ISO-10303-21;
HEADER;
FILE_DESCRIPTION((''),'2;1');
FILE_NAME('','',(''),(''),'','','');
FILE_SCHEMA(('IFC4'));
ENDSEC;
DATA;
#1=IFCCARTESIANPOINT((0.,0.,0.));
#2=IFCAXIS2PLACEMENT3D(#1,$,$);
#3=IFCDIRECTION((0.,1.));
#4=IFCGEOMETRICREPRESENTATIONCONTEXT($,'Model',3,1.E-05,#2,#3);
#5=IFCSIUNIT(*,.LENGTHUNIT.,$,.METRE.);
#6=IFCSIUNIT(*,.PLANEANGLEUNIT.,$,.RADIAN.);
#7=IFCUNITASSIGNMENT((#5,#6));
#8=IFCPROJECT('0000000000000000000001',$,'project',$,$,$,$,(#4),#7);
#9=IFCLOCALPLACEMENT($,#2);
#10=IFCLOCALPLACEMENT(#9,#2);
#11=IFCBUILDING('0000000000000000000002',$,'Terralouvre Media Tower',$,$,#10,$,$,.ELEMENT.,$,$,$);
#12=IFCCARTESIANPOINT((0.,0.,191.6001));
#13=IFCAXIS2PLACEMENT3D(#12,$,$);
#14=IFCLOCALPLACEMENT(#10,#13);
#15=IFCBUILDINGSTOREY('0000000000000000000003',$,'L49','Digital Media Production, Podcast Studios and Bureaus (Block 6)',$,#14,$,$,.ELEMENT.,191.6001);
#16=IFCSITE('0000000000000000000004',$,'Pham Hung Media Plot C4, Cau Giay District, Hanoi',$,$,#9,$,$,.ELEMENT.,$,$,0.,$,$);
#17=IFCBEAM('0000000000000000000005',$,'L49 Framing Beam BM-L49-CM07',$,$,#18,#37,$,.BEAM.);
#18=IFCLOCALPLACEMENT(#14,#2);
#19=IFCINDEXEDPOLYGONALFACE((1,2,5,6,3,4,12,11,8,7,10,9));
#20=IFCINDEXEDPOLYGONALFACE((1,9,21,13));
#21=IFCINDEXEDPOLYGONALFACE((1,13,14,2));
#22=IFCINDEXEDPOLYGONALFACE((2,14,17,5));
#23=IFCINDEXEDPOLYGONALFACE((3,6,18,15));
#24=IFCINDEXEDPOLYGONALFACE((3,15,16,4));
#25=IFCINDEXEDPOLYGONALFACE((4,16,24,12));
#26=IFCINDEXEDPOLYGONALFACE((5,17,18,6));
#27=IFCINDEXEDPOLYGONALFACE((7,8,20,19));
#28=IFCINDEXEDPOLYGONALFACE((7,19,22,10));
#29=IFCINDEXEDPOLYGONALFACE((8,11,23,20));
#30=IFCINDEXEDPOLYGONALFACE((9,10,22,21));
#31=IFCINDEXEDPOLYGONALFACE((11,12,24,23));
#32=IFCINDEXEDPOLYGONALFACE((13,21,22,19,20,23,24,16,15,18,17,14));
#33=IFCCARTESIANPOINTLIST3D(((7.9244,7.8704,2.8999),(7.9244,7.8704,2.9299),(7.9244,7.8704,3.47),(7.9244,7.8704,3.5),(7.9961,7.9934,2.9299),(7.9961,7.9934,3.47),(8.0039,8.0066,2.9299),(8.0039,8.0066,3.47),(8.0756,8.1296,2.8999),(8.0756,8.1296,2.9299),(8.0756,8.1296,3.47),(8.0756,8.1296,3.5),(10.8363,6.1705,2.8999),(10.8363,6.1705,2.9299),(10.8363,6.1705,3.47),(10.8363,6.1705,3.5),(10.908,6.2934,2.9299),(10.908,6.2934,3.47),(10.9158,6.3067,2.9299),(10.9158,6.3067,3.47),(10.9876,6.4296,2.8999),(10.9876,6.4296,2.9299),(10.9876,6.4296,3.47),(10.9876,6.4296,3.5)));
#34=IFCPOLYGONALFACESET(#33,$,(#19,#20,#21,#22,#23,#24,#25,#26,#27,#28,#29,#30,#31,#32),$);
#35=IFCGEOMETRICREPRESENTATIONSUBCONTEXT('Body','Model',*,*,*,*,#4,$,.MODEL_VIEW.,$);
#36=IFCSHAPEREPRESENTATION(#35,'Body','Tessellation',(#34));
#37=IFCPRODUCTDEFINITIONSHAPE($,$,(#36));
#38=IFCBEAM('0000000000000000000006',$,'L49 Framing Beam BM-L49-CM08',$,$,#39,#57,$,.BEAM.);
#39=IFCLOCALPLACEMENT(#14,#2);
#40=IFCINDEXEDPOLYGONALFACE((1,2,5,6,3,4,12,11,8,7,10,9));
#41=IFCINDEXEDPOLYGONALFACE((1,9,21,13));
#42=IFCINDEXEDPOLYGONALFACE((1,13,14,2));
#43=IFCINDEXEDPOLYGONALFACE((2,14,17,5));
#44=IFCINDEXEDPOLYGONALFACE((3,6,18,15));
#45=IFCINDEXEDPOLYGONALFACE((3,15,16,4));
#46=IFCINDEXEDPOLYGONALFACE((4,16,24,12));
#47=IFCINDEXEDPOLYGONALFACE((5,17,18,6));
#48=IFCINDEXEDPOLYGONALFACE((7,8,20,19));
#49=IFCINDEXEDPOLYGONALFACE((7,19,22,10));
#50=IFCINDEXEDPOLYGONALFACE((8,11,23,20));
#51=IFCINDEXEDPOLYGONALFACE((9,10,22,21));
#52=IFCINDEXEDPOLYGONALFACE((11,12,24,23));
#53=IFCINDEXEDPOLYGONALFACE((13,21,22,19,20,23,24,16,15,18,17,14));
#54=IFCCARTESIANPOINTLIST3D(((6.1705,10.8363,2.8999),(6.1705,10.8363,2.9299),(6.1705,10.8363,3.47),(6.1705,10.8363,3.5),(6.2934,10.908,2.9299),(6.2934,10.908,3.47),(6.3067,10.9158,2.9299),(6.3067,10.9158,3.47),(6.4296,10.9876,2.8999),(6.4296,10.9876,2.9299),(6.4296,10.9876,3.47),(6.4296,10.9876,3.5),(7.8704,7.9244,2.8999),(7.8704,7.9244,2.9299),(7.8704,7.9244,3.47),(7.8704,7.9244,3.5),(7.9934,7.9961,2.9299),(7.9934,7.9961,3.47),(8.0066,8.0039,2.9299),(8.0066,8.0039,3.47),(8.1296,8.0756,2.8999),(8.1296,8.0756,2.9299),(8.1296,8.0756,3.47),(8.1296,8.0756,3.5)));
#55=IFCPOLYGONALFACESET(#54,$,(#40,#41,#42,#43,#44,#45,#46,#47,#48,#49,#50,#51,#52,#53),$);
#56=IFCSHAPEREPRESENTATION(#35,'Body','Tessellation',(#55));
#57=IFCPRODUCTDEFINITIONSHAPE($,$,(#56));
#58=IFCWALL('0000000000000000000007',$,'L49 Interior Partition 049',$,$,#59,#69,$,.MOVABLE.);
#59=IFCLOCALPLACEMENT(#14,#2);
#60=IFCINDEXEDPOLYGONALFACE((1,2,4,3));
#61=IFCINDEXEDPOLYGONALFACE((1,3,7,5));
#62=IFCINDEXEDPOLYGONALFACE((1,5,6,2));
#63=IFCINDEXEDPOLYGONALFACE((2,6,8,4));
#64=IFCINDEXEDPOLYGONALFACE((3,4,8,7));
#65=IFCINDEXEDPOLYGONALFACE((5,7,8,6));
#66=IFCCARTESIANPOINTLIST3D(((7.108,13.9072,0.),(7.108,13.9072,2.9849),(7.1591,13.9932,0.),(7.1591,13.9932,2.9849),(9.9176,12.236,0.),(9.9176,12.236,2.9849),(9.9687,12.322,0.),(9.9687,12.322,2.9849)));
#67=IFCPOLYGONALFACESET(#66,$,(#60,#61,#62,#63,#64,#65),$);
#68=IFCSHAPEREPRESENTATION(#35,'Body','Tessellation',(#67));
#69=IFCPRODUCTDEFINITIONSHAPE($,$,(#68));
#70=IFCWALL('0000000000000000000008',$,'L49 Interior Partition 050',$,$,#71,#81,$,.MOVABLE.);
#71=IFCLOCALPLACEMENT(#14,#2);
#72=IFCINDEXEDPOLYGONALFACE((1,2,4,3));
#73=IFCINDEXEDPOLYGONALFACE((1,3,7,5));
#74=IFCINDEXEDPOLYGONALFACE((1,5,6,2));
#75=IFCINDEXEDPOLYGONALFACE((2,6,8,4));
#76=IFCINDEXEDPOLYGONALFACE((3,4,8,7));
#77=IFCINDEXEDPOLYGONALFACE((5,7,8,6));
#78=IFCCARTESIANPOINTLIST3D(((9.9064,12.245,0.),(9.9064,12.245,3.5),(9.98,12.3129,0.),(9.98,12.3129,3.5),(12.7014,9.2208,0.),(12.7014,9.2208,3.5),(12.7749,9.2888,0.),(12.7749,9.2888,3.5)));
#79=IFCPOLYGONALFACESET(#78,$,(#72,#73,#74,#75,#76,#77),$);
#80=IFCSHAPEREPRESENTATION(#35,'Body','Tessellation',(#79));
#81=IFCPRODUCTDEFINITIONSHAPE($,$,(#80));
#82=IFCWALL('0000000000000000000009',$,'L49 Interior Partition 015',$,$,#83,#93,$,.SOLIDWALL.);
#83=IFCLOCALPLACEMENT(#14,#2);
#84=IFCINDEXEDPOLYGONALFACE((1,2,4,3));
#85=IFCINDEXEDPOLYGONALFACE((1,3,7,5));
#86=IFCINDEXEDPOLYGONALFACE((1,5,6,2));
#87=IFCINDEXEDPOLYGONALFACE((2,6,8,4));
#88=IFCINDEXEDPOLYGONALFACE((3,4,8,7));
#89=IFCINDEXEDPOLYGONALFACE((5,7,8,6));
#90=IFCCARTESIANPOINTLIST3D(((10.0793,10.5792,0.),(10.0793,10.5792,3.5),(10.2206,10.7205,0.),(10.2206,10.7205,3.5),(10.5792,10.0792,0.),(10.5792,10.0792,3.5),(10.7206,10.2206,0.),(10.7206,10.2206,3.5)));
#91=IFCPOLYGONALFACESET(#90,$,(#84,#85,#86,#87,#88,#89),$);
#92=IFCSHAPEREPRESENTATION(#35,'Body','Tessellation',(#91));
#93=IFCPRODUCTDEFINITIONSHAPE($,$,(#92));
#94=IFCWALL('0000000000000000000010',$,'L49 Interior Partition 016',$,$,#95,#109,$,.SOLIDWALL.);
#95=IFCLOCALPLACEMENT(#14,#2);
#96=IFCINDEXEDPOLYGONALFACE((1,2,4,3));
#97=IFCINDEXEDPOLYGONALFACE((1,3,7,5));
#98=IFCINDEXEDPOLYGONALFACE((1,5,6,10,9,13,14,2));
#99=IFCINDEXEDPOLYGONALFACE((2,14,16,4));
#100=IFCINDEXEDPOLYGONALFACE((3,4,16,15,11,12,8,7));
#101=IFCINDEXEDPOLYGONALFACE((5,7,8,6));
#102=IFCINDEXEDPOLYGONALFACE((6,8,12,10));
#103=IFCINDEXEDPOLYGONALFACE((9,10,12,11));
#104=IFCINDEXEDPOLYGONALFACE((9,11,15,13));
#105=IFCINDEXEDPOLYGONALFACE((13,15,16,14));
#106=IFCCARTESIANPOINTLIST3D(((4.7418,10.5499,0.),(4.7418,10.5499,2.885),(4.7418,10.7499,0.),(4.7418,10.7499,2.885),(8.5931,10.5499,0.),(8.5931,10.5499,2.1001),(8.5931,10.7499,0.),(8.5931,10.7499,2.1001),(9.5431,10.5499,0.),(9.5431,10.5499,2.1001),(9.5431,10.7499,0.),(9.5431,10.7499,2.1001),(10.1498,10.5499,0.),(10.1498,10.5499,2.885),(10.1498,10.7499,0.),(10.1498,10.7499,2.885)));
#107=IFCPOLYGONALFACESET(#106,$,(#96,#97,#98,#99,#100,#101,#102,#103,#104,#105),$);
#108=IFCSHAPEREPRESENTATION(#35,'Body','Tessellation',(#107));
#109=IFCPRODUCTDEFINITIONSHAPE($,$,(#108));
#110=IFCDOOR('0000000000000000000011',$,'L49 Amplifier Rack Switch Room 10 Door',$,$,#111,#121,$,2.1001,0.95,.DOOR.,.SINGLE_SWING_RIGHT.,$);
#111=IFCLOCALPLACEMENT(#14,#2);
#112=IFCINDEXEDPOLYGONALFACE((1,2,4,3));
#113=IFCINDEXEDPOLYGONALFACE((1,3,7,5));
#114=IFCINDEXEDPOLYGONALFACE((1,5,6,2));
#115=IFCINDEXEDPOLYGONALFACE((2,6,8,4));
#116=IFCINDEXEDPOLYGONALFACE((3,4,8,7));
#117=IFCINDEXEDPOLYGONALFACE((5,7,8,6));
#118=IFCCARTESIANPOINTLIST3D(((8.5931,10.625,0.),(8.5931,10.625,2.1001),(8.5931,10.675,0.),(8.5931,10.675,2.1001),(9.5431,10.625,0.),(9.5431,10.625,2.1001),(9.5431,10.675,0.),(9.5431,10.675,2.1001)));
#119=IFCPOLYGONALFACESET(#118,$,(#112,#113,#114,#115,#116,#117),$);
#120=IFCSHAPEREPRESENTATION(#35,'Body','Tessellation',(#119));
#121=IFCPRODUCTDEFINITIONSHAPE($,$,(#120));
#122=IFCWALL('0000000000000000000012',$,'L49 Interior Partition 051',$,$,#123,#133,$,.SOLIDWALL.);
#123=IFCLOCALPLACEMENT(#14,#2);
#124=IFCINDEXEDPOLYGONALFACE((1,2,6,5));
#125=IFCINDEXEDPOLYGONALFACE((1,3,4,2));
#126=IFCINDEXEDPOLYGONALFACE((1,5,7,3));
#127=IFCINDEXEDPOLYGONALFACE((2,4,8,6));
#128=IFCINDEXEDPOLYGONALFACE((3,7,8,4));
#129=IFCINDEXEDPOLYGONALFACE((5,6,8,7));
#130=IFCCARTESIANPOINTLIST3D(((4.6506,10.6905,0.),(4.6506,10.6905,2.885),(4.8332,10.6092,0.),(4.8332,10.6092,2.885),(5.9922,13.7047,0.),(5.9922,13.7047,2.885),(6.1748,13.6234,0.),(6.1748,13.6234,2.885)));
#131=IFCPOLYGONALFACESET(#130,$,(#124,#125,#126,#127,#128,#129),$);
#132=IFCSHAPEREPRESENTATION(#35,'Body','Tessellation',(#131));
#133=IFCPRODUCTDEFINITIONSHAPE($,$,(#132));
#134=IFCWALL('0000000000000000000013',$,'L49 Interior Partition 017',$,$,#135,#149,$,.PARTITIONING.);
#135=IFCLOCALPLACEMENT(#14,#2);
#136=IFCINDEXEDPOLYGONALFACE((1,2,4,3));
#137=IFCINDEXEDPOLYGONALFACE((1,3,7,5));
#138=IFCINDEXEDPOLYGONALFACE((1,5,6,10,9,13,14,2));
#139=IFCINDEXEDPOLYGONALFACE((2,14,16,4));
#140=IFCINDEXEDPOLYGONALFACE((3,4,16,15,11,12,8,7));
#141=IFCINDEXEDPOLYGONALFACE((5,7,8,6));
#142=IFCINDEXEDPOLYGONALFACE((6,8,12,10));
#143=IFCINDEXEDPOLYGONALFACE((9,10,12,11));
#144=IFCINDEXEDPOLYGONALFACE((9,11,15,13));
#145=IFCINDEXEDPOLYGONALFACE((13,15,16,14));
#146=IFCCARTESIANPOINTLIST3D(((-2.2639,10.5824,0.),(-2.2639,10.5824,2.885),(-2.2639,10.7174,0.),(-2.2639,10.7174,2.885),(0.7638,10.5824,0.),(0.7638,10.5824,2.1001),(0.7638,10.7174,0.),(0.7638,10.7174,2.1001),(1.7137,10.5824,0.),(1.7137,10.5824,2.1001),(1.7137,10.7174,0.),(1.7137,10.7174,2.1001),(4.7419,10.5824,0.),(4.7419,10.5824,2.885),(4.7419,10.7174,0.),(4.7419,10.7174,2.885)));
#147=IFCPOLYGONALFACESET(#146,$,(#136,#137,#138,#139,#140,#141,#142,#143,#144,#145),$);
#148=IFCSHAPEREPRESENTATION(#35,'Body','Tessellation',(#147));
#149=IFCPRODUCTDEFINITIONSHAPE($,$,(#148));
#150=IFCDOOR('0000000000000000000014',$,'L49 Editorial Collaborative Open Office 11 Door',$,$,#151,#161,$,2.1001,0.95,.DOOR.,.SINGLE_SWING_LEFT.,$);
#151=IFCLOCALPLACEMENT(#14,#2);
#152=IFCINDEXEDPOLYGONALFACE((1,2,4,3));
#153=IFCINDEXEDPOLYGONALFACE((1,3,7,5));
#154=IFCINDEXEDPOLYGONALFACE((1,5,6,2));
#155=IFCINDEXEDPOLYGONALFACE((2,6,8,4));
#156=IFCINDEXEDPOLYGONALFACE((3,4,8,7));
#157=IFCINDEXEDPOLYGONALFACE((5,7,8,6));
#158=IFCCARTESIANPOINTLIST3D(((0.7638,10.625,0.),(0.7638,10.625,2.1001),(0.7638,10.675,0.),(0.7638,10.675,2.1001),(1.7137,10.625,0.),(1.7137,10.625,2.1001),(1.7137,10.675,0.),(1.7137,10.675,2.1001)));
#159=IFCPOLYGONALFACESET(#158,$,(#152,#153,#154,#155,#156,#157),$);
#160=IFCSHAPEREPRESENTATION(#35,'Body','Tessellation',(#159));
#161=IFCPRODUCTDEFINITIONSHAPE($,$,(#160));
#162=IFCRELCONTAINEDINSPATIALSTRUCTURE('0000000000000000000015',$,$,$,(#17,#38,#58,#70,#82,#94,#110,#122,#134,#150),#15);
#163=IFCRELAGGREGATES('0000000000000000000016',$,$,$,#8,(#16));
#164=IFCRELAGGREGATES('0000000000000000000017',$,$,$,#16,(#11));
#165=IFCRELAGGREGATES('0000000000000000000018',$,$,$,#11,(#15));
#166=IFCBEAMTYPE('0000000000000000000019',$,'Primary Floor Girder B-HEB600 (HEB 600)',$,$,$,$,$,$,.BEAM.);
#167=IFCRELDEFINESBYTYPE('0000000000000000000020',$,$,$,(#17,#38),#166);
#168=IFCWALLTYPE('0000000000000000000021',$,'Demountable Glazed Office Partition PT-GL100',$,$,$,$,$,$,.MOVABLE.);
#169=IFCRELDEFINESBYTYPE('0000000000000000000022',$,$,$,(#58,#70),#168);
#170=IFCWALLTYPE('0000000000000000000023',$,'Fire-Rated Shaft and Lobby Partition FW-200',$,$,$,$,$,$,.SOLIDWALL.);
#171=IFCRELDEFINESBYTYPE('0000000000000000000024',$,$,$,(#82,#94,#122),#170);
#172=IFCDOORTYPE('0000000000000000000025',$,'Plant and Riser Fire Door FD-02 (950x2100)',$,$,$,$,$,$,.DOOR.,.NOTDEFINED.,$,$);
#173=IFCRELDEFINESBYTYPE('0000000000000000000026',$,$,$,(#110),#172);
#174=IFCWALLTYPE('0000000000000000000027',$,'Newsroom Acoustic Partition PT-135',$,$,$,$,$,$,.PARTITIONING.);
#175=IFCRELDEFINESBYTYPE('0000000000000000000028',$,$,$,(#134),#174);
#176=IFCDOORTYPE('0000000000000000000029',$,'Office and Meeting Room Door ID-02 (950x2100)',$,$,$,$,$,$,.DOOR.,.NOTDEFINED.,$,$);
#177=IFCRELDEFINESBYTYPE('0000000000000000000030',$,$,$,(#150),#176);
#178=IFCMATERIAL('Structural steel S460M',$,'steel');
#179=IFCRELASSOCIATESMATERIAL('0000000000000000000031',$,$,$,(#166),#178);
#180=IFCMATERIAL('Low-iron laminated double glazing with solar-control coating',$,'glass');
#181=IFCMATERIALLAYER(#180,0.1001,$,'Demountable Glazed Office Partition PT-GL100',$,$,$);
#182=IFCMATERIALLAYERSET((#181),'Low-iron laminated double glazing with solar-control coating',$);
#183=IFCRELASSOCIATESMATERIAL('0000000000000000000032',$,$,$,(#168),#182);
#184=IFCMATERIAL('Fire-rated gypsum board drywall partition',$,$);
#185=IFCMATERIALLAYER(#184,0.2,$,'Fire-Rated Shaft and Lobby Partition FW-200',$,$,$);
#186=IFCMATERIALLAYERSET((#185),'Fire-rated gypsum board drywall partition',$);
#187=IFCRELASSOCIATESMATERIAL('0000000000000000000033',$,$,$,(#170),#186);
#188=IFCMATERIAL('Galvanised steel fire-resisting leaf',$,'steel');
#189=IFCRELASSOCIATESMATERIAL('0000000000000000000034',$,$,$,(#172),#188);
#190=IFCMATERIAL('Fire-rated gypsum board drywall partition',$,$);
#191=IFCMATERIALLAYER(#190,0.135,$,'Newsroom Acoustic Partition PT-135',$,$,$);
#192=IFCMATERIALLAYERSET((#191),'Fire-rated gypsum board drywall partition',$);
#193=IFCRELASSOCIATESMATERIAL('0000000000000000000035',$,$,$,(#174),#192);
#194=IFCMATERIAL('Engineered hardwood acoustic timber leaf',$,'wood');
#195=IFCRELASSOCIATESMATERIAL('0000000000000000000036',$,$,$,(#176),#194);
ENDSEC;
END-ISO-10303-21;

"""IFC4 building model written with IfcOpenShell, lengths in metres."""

from ifc_helpers import new_model, si_unit, direction, frame, frame_2d, origin, origin_2d, place, context, subcontext, project, spatial, rectangle, i_section, extrude, material, layer, layer_set, material_profile, profile_set, type_object, element, fill, save


model = new_model("IFC4")

# Units and contexts
model_context = context("Model", 3, precision=1e-05, world=origin(), true_north=direction((0.0, 1.0)))
body_context = subcontext(model_context, "Body", "Model", "MODEL_VIEW")
ifc_project = project(units=[si_unit("LENGTHUNIT", "METRE"), si_unit("PLANEANGLEUNIT", "RADIAN")], contexts=[model_context])

# Site, building, storey
site_placement = place(None, origin())
site = spatial("IfcSite", under=ifc_project, at=site_placement, Name="Pham Hung Media Plot C4, Cau Giay District, Hanoi", CompositionType="ELEMENT", RefElevation=0.0)
building_placement = place(site_placement, origin())
building = spatial("IfcBuilding", under=site, at=building_placement, Name="Terralouvre Media Tower", CompositionType="ELEMENT")
storey_placement = place(building_placement, frame((0.0, 0.0, 191.6001)))
storey = spatial("IfcBuildingStorey", under=building, at=storey_placement, Name="L49", Description="Digital Media Production, Podcast Studios and Bureaus (Block 6)", CompositionType="ELEMENT", Elevation=191.6001)

# Beams
ifc_material_1 = material(Name="Structural steel S460M", Category="steel")
ifc_material_profile_1 = material_profile(ifc_material_1, i_section(OverallWidth=0.3, OverallDepth=0.6001, WebThickness=0.0154, FlangeThickness=0.03, at=origin_2d()), Name="HEB 600")
ifc_profile_set_1 = profile_set([ifc_material_profile_1], Name="Structural steel S460M")
beam_type_1 = type_object("IfcBeamType", Name="Primary Floor Girder B-HEB600 (HEB 600)", PredefinedType="BEAM", material=ifc_profile_set_1)
for number, where, z_axis, x_axis, name in (
    (1, (8.0, 8.0, 3.2), (0.863603, -0.504173, 0.0), (0.504173, 0.863603, 0.0), "L49 Framing Beam BM-L49-CM07"),
    (2, (8.0, 8.0, 3.2), (-0.504173, 0.863603, 0.0), (-0.863603, -0.504173, 0.0), "L49 Framing Beam BM-L49-CM08"),
):
    element("IfcBeam", number, at=place(storey_placement, frame(where, z_axis=z_axis, x_axis=x_axis)), inside=storey, type_object=beam_type_1, Name=name, PredefinedType="BEAM", context=body_context, shape_type="SweptSolid", body=[
        extrude(i_section(OverallWidth=0.3, OverallDepth=0.6001, WebThickness=0.0154, FlangeThickness=0.03, at=origin_2d()), origin(), (0.0, 0.0, 1.0), 3.3718),
    ])

# Walls
ifc_material_2 = material(Name="Low-iron laminated double glazing with solar-control coating", Category="glass")
ifc_layer_1 = layer(ifc_material_2, 0.1001, Name="Demountable Glazed Office Partition PT-GL100")
ifc_layer_set_1 = layer_set([ifc_layer_1], Name="Low-iron laminated double glazing with solar-control coating")
wall_type_1 = type_object("IfcWallType", Name="Demountable Glazed Office Partition PT-GL100", PredefinedType="MOVABLE", material=ifc_layer_set_1)
wall_1_placement = place(storey_placement, frame((7.1335, 13.9502, 0.0), z_axis=(0.0, 0.0, 1.0), x_axis=(0.859457, -0.511208, 0.0)))
element("IfcWall", 3, at=wall_1_placement, inside=storey, type_object=wall_type_1, Name="L49 Interior Partition 049", PredefinedType="MOVABLE", context=body_context, shape_type="SweptSolid", body=[
    extrude(rectangle(XDim=3.269, YDim=0.1001, at=frame_2d((1.6345, 0.0))), origin(), (0.0, 0.0, 1.0), 2.9849),
])
wall_2_placement = place(storey_placement, frame((9.9431, 12.2791, 0.0), z_axis=(0.0, 0.0, 1.0), x_axis=(0.678723, -0.734394, 0.0)))
element("IfcWall", 4, at=wall_2_placement, inside=storey, type_object=wall_type_1, Name="L49 Interior Partition 050", PredefinedType="MOVABLE", context=body_context, shape_type="SweptSolid", body=[
    extrude(rectangle(XDim=4.1179, YDim=0.1001, at=frame_2d((2.0591, 0.0))), origin(), (0.0, 0.0, 1.0), 3.5),
])
ifc_material_3 = material(Name="Fire-rated gypsum board drywall partition")
ifc_layer_2 = layer(ifc_material_3, 0.2, Name="Fire-Rated Shaft and Lobby Partition FW-200")
ifc_layer_set_2 = layer_set([ifc_layer_2], Name="Fire-rated gypsum board drywall partition")
wall_type_2 = type_object("IfcWallType", Name="Fire-Rated Shaft and Lobby Partition FW-200", PredefinedType="SOLIDWALL", material=ifc_layer_set_2)
wall_3_placement = place(storey_placement, frame((10.6499, 10.1499, 0.0), z_axis=(0.0, 0.0, 1.0), x_axis=(-0.707107, 0.707107, 0.0)))
element("IfcWall", 5, at=wall_3_placement, inside=storey, type_object=wall_type_2, Name="L49 Interior Partition 015", PredefinedType="SOLIDWALL", context=body_context, shape_type="SweptSolid", body=[
    extrude(rectangle(XDim=0.707, YDim=0.2, at=frame_2d((0.3535, 0.0))), origin(), (0.0, 0.0, 1.0), 3.5),
])

# Wall, opening, door
wall_4_placement = place(storey_placement, frame((10.1499, 10.6499, 0.0), z_axis=(0.0, 0.0, 1.0), x_axis=(-1.0, 0.0, 0.0)))
wall_4 = element("IfcWall", 6, at=wall_4_placement, inside=storey, type_object=wall_type_2, Name="L49 Interior Partition 016", PredefinedType="SOLIDWALL", context=body_context, shape_type="SweptSolid", body=[
    extrude(rectangle(XDim=5.408, YDim=0.2, at=frame_2d((2.7041, 0.0))), origin(), (0.0, 0.0, 1.0), 2.885),
])
opening_1_placement = place(wall_4_placement, frame((0.6067, 0.0, 0.0)))
opening_1 = element("IfcOpeningElement", 7, at=opening_1_placement, cuts=wall_4, PredefinedType="OPENING", context=body_context, shape_type="SweptSolid", body=[
    extrude(rectangle(XDim=0.95, YDim=2.1001, at=frame_2d((0.4751, 1.05))), frame((0.0, 0.1099, 0.0), z_axis=(0.0, -1.0, 0.0), x_axis=(1.0, 0.0, 0.0)), (0.0, 0.0, 1.0), 0.22),
])
ifc_material_4 = material(Name="Galvanised steel fire-resisting leaf", Category="steel")
door_type_1 = type_object("IfcDoorType", Name="Plant and Riser Fire Door FD-02 (950x2100)", OperationType="NOTDEFINED", PredefinedType="DOOR", material=ifc_material_4)
door_1_placement = place(opening_1_placement, origin())
door_1 = element("IfcDoor", 8, at=door_1_placement, inside=storey, type_object=door_type_1, Name="L49 Amplifier Rack Switch Room 10 Door", OperationType="SINGLE_SWING_RIGHT", OverallHeight=2.1001, OverallWidth=0.95, PredefinedType="DOOR", context=body_context, shape_type="SweptSolid", body=[
    extrude(rectangle(XDim=0.95, YDim=2.1001, at=frame_2d((0.4751, 1.05))), frame((0.0, 0.0249, 0.0), z_axis=(0.0, -1.0, 0.0), x_axis=(1.0, 0.0, 0.0)), (0.0, 0.0, 1.0), 0.05),
])
fill(opening_1, door_1)

# Wall
wall_5_placement = place(storey_placement, frame((6.0835, 13.6641, 0.0), z_axis=(0.0, 0.0, 1.0), x_axis=(-0.406626, -0.913595, 0.0)))
element("IfcWall", 9, at=wall_5_placement, inside=storey, type_object=wall_type_2, Name="L49 Interior Partition 051", PredefinedType="SOLIDWALL", context=body_context, shape_type="SweptSolid", body=[
    extrude(rectangle(XDim=3.2993, YDim=0.2, at=frame_2d((1.6497, 0.0))), origin(), (0.0, 0.0, 1.0), 2.885),
])

# Wall, opening, door
ifc_material_5 = material(Name="Fire-rated gypsum board drywall partition")
ifc_layer_3 = layer(ifc_material_5, 0.135, Name="Newsroom Acoustic Partition PT-135")
ifc_layer_set_3 = layer_set([ifc_layer_3], Name="Fire-rated gypsum board drywall partition")
wall_type_3 = type_object("IfcWallType", Name="Newsroom Acoustic Partition PT-135", PredefinedType="PARTITIONING", material=ifc_layer_set_3)
wall_6_placement = place(storey_placement, frame((4.7419, 10.6499, 0.0), z_axis=(0.0, 0.0, 1.0), x_axis=(-1.0, 0.0, 0.0)))
wall_6 = element("IfcWall", 10, at=wall_6_placement, inside=storey, type_object=wall_type_3, Name="L49 Interior Partition 017", PredefinedType="PARTITIONING", context=body_context, shape_type="SweptSolid", body=[
    extrude(rectangle(XDim=7.0059, YDim=0.135, at=frame_2d((3.5029, 0.0))), origin(), (0.0, 0.0, 1.0), 2.885),
])
opening_2_placement = place(wall_6_placement, frame((3.0281, 0.0, 0.0)))
opening_2 = element("IfcOpeningElement", 11, at=opening_2_placement, cuts=wall_6, PredefinedType="OPENING", context=body_context, shape_type="SweptSolid", body=[
    extrude(rectangle(XDim=0.95, YDim=2.1001, at=frame_2d((0.4751, 1.05))), frame((0.0, 0.0774, 0.0), z_axis=(0.0, -1.0, 0.0), x_axis=(1.0, 0.0, 0.0)), (0.0, 0.0, 1.0), 0.155),
])
ifc_material_6 = material(Name="Engineered hardwood acoustic timber leaf", Category="wood")
door_type_2 = type_object("IfcDoorType", Name="Office and Meeting Room Door ID-02 (950x2100)", OperationType="NOTDEFINED", PredefinedType="DOOR", material=ifc_material_6)
door_2_placement = place(opening_2_placement, origin())
door_2 = element("IfcDoor", 12, at=door_2_placement, inside=storey, type_object=door_type_2, Name="L49 Editorial Collaborative Open Office 11 Door", OperationType="SINGLE_SWING_LEFT", OverallHeight=2.1001, OverallWidth=0.95, PredefinedType="DOOR", context=body_context, shape_type="SweptSolid", body=[
    extrude(rectangle(XDim=0.95, YDim=2.1001, at=frame_2d((0.4751, 1.05))), frame((0.0, 0.0249, 0.0), z_axis=(0.0, -1.0, 0.0), x_axis=(1.0, 0.0, 0.0)), (0.0, 0.0, 1.0), 0.05),
])
fill(opening_2, door_2)

save(model, "model.ifc")
